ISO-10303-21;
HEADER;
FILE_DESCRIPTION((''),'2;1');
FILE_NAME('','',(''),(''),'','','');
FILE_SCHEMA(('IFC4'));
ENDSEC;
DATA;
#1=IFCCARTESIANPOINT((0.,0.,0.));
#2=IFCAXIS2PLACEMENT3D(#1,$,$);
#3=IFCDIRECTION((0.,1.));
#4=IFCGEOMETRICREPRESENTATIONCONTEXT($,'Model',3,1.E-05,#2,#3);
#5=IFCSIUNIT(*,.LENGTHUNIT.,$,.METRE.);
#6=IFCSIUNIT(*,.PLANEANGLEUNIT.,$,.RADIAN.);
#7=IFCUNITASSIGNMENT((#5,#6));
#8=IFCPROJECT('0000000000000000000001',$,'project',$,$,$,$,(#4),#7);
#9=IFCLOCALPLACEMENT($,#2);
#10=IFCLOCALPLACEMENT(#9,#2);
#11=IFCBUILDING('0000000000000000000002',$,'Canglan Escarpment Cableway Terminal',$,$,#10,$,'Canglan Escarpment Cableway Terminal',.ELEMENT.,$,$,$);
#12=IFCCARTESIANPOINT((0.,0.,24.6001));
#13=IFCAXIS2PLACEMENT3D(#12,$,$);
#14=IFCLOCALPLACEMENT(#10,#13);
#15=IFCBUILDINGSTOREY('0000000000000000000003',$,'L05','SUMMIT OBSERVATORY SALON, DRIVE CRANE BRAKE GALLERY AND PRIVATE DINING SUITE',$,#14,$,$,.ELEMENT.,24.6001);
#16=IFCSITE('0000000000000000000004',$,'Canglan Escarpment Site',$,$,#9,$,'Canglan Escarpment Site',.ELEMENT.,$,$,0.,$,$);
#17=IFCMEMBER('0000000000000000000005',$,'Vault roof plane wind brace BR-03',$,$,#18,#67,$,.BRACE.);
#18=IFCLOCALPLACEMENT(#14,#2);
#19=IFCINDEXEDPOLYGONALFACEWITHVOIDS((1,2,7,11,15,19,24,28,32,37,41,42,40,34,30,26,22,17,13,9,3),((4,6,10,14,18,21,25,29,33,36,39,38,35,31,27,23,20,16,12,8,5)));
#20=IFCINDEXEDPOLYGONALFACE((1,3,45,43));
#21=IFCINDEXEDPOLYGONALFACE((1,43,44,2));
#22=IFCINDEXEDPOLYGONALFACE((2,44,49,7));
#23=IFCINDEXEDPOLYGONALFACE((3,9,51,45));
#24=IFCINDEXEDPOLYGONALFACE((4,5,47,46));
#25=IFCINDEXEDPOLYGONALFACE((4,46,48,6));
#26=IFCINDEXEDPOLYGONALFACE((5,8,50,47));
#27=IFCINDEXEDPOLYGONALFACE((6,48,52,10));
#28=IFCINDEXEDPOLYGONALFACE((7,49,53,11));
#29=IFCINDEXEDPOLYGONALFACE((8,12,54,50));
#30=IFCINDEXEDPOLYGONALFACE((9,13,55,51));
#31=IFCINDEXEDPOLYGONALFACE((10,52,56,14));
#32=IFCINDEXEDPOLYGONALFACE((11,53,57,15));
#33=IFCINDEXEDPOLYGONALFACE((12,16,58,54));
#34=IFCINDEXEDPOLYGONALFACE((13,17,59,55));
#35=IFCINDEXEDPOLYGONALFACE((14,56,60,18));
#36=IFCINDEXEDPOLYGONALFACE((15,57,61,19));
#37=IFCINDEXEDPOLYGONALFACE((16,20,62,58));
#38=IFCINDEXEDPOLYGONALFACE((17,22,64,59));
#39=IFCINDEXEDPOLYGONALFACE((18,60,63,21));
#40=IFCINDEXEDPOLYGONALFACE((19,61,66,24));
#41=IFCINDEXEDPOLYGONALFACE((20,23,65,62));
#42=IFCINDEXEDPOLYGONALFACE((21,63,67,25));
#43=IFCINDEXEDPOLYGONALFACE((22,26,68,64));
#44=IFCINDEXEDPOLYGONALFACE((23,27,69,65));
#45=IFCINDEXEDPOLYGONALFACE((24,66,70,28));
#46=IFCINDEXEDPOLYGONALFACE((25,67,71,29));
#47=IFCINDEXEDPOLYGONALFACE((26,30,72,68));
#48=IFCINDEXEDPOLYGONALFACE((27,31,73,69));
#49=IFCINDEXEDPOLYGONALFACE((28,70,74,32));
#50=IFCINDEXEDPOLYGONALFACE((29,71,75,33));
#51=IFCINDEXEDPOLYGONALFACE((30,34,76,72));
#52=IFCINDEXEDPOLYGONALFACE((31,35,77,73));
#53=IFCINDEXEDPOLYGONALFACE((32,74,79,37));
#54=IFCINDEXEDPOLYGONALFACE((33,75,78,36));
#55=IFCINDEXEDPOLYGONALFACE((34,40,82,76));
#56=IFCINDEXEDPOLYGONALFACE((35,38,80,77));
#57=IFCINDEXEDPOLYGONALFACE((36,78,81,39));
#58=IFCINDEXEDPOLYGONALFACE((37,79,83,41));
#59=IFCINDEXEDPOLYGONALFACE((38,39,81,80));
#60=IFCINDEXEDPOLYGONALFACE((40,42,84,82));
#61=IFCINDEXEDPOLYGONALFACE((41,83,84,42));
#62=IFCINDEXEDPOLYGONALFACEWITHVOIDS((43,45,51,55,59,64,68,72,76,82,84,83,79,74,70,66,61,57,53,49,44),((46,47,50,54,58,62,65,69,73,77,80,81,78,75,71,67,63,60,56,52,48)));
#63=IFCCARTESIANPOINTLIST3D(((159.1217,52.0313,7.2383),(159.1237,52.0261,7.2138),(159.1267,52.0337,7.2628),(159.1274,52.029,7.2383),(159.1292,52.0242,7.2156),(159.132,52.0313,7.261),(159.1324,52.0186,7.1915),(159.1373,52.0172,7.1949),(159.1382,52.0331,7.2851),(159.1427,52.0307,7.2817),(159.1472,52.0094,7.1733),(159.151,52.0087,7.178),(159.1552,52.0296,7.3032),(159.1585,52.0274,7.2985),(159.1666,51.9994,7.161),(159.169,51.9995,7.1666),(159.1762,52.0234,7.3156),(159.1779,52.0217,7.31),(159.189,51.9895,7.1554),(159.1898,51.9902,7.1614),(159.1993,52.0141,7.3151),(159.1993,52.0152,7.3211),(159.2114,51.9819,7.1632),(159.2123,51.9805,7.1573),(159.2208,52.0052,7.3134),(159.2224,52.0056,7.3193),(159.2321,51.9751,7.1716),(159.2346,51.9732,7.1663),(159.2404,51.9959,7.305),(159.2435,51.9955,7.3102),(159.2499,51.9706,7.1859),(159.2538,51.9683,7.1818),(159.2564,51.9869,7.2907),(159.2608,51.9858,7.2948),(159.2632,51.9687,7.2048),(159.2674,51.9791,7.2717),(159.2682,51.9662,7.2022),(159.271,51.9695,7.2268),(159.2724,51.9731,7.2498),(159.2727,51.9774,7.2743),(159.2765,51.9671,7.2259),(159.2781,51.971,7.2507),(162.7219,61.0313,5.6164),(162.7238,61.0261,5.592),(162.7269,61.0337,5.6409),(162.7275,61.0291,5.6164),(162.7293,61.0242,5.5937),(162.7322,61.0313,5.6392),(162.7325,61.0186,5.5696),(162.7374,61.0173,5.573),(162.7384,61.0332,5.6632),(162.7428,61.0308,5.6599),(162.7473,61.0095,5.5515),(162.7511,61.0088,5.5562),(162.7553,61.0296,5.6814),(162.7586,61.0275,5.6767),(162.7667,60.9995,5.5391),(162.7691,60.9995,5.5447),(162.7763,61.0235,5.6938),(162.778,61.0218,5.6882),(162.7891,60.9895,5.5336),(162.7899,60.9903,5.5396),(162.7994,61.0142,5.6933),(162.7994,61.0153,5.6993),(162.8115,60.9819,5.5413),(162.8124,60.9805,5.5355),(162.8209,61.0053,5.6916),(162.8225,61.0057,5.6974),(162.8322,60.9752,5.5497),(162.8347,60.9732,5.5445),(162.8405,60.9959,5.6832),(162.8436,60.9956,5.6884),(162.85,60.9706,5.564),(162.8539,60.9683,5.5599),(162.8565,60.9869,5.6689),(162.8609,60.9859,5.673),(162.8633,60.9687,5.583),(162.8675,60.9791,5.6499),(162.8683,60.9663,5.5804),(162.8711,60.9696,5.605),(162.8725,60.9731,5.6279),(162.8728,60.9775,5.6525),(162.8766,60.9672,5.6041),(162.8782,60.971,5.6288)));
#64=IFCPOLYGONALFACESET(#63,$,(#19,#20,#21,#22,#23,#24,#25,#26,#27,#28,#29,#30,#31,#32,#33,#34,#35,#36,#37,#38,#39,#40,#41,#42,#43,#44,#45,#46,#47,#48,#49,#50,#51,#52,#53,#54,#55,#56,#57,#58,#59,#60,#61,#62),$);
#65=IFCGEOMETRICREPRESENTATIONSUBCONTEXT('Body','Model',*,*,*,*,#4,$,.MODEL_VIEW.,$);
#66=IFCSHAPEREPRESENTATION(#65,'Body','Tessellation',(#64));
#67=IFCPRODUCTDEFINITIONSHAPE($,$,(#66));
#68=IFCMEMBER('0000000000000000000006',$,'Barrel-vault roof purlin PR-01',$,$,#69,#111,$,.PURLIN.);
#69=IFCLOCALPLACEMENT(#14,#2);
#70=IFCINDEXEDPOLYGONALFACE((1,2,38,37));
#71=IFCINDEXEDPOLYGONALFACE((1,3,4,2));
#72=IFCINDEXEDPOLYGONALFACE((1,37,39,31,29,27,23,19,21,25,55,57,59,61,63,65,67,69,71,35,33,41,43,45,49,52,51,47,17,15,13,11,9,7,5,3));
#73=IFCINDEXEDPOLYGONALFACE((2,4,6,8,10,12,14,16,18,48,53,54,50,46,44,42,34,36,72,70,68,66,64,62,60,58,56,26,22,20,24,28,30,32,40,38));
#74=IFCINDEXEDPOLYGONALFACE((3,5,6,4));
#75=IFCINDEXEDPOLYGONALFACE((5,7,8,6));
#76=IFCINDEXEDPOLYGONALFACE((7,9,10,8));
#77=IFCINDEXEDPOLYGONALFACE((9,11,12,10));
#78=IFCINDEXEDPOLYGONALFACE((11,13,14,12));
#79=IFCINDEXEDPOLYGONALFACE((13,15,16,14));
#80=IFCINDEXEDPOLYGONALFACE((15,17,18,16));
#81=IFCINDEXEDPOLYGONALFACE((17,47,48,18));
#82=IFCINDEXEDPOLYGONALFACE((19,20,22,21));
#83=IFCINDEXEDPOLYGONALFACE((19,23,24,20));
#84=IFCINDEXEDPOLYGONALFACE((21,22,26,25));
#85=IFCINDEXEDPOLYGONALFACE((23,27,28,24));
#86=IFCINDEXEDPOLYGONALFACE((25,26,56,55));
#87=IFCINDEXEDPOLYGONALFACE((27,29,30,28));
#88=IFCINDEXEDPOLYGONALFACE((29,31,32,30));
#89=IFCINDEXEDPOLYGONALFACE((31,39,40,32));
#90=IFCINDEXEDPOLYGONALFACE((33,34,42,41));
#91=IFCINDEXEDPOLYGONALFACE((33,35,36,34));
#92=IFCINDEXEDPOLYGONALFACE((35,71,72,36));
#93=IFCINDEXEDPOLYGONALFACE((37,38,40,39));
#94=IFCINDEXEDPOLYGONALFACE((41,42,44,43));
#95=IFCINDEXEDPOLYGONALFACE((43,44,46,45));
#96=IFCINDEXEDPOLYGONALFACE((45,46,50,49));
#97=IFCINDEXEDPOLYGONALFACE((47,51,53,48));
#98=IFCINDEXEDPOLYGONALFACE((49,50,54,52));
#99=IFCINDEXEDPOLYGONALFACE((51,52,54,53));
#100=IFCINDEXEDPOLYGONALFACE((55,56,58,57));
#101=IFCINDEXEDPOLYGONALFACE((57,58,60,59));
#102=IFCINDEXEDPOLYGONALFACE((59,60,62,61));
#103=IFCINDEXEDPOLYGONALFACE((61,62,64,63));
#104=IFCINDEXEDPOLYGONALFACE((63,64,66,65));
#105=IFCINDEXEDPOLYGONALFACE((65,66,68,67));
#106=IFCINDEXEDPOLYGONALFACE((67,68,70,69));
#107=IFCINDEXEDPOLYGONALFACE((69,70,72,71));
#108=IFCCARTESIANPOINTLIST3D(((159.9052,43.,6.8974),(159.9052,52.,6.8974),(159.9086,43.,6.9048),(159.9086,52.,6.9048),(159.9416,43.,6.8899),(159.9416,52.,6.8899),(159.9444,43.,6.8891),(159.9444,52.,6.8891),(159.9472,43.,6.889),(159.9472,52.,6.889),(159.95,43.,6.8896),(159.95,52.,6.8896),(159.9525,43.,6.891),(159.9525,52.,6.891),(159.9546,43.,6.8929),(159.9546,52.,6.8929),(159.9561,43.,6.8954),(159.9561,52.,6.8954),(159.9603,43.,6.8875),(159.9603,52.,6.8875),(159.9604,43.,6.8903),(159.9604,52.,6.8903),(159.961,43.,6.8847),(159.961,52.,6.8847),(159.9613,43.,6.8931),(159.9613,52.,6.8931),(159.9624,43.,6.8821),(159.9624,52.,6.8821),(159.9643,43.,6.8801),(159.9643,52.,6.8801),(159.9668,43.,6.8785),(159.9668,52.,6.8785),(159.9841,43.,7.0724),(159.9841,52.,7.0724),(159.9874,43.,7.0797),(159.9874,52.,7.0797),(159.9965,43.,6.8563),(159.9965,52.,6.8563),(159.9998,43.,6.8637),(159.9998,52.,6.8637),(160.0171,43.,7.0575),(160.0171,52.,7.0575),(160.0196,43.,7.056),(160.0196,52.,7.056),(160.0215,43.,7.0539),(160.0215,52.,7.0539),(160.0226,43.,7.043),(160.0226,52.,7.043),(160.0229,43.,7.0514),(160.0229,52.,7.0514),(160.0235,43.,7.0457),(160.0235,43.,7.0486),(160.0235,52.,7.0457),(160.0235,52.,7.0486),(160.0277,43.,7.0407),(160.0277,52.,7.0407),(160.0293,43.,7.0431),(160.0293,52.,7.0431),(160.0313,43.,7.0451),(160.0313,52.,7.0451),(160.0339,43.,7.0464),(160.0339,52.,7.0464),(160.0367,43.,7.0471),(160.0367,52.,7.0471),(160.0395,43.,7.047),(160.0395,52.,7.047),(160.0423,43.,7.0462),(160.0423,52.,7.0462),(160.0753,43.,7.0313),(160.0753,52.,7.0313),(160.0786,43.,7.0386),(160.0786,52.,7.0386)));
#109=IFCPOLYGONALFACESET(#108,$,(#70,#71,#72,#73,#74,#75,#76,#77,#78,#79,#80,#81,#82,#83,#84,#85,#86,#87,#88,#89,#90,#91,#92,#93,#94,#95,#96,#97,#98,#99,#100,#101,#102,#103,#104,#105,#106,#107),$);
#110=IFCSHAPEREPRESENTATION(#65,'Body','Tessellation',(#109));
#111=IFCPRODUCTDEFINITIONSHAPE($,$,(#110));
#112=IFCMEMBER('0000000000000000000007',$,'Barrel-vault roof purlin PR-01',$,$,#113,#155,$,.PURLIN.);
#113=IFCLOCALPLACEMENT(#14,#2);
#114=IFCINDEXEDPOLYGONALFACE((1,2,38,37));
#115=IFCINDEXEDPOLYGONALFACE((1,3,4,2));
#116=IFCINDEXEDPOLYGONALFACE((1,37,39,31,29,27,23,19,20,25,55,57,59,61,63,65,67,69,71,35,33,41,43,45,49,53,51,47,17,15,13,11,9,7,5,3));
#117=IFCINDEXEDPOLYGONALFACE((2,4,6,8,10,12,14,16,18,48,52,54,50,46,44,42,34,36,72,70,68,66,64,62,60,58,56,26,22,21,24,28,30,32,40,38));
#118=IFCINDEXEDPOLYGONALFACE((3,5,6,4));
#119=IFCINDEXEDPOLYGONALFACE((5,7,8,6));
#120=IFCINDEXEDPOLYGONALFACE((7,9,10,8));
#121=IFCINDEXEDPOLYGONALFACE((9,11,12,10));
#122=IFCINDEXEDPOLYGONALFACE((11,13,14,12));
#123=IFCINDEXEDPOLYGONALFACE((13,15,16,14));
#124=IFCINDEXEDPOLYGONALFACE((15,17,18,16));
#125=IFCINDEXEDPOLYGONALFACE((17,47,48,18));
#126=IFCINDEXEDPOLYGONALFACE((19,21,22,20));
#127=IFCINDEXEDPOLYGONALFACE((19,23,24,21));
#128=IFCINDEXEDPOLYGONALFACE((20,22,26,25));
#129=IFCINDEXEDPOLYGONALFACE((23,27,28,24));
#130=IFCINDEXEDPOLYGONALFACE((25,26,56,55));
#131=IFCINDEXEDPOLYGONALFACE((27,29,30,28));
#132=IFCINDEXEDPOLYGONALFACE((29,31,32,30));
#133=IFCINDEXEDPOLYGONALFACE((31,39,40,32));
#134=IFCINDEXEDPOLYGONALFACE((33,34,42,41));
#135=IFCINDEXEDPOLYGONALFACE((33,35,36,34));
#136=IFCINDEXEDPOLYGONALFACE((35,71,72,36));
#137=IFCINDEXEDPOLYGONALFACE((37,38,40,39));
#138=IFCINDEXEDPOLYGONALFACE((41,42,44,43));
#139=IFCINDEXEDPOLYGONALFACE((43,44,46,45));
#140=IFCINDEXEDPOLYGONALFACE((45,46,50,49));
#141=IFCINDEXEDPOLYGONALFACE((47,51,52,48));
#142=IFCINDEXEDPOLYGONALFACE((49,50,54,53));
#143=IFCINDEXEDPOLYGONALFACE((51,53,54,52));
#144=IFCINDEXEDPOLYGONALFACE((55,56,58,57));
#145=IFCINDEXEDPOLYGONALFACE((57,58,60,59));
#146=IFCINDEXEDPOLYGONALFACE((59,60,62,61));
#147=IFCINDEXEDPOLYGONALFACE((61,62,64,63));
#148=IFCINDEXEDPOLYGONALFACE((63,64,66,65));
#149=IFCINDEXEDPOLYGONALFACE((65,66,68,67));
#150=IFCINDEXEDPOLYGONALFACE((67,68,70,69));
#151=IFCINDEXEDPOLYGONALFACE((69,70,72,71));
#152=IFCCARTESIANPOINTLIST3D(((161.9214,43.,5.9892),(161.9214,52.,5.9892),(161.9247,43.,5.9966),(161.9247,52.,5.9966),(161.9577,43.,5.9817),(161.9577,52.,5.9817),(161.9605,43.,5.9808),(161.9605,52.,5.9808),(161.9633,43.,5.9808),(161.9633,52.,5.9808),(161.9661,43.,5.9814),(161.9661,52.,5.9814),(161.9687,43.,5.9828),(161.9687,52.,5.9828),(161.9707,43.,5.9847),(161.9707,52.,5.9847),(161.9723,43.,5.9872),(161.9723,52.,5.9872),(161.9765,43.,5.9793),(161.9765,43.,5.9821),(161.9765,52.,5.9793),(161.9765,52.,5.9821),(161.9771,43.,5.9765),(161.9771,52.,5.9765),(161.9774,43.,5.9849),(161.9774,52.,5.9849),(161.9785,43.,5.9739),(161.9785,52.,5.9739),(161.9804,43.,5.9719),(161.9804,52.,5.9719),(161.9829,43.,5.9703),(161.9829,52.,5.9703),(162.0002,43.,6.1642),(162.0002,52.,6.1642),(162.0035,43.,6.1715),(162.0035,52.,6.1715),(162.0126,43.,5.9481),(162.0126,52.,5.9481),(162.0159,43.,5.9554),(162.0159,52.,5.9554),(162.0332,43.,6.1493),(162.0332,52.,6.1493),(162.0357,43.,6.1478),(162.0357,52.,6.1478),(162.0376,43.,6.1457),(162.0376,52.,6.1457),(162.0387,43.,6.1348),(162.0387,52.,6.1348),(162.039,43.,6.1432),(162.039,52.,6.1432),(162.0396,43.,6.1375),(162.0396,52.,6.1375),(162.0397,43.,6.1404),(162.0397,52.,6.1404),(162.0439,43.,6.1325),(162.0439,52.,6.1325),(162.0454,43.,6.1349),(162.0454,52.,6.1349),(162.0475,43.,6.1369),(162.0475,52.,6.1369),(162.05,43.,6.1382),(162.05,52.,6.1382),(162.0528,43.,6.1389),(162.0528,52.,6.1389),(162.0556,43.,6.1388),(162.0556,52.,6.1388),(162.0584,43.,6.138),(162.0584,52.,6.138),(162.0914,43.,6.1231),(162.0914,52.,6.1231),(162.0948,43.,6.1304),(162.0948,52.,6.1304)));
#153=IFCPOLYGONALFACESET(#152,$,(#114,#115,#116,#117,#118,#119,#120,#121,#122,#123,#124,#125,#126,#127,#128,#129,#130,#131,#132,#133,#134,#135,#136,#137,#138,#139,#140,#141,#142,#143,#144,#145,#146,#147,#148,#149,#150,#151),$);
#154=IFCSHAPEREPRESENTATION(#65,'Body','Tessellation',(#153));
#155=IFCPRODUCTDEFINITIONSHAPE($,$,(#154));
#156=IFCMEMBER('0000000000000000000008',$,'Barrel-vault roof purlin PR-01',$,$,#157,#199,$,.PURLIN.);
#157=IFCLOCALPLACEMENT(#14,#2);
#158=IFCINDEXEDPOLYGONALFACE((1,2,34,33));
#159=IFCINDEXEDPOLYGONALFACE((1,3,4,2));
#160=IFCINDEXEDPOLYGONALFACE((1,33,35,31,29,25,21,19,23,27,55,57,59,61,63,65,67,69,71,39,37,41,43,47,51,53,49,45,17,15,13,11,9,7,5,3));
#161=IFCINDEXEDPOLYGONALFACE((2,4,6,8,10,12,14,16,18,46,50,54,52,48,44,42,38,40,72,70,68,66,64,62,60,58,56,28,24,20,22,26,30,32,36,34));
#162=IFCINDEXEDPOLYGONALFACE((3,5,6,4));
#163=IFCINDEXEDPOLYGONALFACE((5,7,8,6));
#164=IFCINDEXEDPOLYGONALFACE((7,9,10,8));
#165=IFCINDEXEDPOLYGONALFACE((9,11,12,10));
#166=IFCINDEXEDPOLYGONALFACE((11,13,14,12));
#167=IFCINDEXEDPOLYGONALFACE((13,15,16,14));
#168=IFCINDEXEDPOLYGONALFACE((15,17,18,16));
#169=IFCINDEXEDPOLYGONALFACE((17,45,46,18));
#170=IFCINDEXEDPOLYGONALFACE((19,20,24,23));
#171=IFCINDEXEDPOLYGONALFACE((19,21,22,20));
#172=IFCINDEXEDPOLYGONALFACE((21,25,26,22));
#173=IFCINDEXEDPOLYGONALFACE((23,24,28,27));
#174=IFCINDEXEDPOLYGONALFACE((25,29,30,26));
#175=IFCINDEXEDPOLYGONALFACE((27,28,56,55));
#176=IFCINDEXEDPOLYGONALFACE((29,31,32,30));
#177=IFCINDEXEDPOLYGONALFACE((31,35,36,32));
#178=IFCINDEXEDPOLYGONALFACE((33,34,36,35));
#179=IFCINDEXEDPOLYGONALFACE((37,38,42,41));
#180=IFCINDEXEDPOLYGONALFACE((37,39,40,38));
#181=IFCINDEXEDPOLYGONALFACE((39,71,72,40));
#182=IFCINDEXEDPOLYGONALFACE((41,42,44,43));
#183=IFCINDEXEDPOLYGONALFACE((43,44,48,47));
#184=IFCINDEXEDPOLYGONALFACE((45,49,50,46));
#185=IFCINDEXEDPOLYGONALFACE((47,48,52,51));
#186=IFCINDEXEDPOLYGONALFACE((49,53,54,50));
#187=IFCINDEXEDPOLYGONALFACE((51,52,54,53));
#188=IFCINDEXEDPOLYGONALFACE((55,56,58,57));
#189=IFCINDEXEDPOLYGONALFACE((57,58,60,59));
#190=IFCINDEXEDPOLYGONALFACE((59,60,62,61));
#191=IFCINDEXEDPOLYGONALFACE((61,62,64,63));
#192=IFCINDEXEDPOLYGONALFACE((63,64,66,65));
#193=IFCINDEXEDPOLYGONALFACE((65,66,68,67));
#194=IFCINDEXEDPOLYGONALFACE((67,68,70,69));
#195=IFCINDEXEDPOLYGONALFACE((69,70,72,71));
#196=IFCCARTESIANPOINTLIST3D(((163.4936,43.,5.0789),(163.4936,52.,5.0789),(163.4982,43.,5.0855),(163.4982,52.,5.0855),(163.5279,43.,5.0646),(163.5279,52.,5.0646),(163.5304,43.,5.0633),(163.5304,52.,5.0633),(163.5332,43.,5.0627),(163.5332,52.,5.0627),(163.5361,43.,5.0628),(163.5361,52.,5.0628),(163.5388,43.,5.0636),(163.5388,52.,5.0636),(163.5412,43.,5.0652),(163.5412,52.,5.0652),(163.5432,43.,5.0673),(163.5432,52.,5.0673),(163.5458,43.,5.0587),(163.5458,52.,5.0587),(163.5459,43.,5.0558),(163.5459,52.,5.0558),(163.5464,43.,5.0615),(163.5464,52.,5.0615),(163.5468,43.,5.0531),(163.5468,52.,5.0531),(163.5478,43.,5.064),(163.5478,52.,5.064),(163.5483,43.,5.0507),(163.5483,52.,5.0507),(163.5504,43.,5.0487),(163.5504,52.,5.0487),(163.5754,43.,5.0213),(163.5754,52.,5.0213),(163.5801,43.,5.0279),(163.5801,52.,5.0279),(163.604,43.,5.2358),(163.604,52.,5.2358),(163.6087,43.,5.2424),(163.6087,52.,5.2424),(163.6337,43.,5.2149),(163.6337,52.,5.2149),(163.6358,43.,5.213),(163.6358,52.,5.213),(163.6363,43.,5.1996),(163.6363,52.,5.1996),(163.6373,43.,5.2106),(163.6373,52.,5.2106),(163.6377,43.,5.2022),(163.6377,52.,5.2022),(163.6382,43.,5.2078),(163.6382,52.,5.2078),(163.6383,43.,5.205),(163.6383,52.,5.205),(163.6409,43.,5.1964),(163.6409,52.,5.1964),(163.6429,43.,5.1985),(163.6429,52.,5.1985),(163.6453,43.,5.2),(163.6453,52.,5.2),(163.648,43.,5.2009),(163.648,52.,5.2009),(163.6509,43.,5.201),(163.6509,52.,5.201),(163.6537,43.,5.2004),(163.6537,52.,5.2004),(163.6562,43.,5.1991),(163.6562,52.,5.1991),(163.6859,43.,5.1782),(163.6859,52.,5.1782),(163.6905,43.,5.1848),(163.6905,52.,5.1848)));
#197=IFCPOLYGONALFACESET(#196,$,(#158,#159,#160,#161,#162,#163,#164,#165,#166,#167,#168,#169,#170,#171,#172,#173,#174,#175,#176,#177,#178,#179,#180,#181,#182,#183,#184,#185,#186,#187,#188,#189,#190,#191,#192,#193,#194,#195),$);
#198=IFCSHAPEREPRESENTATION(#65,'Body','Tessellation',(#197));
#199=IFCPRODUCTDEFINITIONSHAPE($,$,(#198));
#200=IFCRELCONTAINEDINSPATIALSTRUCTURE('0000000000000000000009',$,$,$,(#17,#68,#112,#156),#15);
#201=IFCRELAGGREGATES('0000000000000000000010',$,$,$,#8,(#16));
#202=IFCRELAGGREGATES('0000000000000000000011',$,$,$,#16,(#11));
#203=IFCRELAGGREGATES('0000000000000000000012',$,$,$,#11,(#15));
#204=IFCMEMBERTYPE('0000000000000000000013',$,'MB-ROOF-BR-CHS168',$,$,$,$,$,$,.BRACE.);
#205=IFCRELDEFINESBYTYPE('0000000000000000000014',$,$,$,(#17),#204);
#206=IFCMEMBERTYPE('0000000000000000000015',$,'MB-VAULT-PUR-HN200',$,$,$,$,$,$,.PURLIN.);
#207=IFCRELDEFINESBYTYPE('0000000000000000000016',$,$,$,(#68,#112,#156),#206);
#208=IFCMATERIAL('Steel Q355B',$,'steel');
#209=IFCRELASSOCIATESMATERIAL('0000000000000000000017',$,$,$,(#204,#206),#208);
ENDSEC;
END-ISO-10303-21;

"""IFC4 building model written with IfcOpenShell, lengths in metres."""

from ifc_helpers import new_model, si_unit, direction, frame, origin, origin_2d, place, context, subcontext, project, spatial, hollow_circle, i_section, extrude, material, material_profile, profile_set, type_object, element, save


model = new_model("IFC4")

# Units and contexts
model_context = context("Model", 3, precision=1e-05, world=origin(), true_north=direction((0.0, 1.0)))
body_context = subcontext(model_context, "Body", "Model", "MODEL_VIEW")
ifc_project = project(units=[si_unit("LENGTHUNIT", "METRE"), si_unit("PLANEANGLEUNIT", "RADIAN")], contexts=[model_context])

# Site, building, storey
site_placement = place(None, origin())
site = spatial("IfcSite", under=ifc_project, at=site_placement, Name="Canglan Escarpment Site", LongName="Canglan Escarpment Site", CompositionType="ELEMENT", RefElevation=0.0)
building_placement = place(site_placement, origin())
building = spatial("IfcBuilding", under=site, at=building_placement, Name="Canglan Escarpment Cableway Terminal", LongName="Canglan Escarpment Cableway Terminal", CompositionType="ELEMENT")
storey_placement = place(building_placement, frame((0.0, 0.0, 24.6001)))
storey = spatial("IfcBuildingStorey", under=building, at=storey_placement, Name="L05", Description="SUMMIT OBSERVATORY SALON, DRIVE CRANE BRAKE GALLERY AND PRIVATE DINING SUITE", CompositionType="ELEMENT", Elevation=24.6001)

# Shared definitions
ifc_material_1 = material(Name="Steel Q355B", Category="steel")

# Members
ifc_material_profile_1 = material_profile(ifc_material_1, hollow_circle(Radius=0.0842, WallThickness=0.0061, at=origin_2d()), Name="CHS 168.3x6")
ifc_profile_set_1 = profile_set([ifc_material_profile_1], Name="Steel Q355B")
member_type_1 = type_object("IfcMemberType", Name="MB-ROOF-BR-CHS168", PredefinedType="BRACE", material=ifc_profile_set_1)
for number, where, z_axis, x_axis, name in (
    (1, (159.2, 52.0, 7.2383), (0.366308, 0.915744, -0.16502), (-0.928473, 0.371399, 0.0), "Vault roof plane wind brace BR-03"),
):
    element("IfcMember", number, at=place(storey_placement, frame(where, z_axis=z_axis, x_axis=x_axis)), inside=storey, type_object=member_type_1, Name=name, PredefinedType="BRACE", context=body_context, shape_type="SweptSolid", body=[
        extrude(hollow_circle(Radius=0.0842, WallThickness=0.0061, at=origin_2d()), origin(), (0.0, 0.0, 1.0), 9.8281),
    ])
ifc_material_profile_2 = material_profile(ifc_material_1, i_section(OverallWidth=0.1001, OverallDepth=0.2, WebThickness=0.0056, FlangeThickness=0.0081, FilletRadius=0.011, at=origin_2d()), Name="HN 200x100x5.5x8")
ifc_profile_set_2 = profile_set([ifc_material_profile_2], Name="Steel Q355B")
member_type_2 = type_object("IfcMemberType", Name="MB-VAULT-PUR-HN200", PredefinedType="PURLIN", material=ifc_profile_set_2)
for number, where, z_axis, x_axis, name in (
    (2, (159.9919, 43.0, 6.968), (0.0, 1.0, 0.0), (-0.911741, 0.0, 0.410767), "Barrel-vault roof purlin PR-01"),
    (3, (162.0081, 43.0, 6.0598), (0.0, 1.0, 0.0), (-0.911741, 0.0, 0.410767), "Barrel-vault roof purlin PR-01"),
    (4, (163.592, 43.0, 5.1318), (0.0, 1.0, 0.0), (-0.817728, 0.0, 0.575605), "Barrel-vault roof purlin PR-01"),
):
    element("IfcMember", number, at=place(storey_placement, frame(where, z_axis=z_axis, x_axis=x_axis)), inside=storey, type_object=member_type_2, Name=name, PredefinedType="PURLIN", context=body_context, shape_type="SweptSolid", body=[
        extrude(i_section(OverallWidth=0.1001, OverallDepth=0.2, WebThickness=0.0056, FlangeThickness=0.0081, FilletRadius=0.011, at=origin_2d()), origin(), (0.0, 0.0, 1.0), 9.0),
    ])

save(model, "model.ifc")
